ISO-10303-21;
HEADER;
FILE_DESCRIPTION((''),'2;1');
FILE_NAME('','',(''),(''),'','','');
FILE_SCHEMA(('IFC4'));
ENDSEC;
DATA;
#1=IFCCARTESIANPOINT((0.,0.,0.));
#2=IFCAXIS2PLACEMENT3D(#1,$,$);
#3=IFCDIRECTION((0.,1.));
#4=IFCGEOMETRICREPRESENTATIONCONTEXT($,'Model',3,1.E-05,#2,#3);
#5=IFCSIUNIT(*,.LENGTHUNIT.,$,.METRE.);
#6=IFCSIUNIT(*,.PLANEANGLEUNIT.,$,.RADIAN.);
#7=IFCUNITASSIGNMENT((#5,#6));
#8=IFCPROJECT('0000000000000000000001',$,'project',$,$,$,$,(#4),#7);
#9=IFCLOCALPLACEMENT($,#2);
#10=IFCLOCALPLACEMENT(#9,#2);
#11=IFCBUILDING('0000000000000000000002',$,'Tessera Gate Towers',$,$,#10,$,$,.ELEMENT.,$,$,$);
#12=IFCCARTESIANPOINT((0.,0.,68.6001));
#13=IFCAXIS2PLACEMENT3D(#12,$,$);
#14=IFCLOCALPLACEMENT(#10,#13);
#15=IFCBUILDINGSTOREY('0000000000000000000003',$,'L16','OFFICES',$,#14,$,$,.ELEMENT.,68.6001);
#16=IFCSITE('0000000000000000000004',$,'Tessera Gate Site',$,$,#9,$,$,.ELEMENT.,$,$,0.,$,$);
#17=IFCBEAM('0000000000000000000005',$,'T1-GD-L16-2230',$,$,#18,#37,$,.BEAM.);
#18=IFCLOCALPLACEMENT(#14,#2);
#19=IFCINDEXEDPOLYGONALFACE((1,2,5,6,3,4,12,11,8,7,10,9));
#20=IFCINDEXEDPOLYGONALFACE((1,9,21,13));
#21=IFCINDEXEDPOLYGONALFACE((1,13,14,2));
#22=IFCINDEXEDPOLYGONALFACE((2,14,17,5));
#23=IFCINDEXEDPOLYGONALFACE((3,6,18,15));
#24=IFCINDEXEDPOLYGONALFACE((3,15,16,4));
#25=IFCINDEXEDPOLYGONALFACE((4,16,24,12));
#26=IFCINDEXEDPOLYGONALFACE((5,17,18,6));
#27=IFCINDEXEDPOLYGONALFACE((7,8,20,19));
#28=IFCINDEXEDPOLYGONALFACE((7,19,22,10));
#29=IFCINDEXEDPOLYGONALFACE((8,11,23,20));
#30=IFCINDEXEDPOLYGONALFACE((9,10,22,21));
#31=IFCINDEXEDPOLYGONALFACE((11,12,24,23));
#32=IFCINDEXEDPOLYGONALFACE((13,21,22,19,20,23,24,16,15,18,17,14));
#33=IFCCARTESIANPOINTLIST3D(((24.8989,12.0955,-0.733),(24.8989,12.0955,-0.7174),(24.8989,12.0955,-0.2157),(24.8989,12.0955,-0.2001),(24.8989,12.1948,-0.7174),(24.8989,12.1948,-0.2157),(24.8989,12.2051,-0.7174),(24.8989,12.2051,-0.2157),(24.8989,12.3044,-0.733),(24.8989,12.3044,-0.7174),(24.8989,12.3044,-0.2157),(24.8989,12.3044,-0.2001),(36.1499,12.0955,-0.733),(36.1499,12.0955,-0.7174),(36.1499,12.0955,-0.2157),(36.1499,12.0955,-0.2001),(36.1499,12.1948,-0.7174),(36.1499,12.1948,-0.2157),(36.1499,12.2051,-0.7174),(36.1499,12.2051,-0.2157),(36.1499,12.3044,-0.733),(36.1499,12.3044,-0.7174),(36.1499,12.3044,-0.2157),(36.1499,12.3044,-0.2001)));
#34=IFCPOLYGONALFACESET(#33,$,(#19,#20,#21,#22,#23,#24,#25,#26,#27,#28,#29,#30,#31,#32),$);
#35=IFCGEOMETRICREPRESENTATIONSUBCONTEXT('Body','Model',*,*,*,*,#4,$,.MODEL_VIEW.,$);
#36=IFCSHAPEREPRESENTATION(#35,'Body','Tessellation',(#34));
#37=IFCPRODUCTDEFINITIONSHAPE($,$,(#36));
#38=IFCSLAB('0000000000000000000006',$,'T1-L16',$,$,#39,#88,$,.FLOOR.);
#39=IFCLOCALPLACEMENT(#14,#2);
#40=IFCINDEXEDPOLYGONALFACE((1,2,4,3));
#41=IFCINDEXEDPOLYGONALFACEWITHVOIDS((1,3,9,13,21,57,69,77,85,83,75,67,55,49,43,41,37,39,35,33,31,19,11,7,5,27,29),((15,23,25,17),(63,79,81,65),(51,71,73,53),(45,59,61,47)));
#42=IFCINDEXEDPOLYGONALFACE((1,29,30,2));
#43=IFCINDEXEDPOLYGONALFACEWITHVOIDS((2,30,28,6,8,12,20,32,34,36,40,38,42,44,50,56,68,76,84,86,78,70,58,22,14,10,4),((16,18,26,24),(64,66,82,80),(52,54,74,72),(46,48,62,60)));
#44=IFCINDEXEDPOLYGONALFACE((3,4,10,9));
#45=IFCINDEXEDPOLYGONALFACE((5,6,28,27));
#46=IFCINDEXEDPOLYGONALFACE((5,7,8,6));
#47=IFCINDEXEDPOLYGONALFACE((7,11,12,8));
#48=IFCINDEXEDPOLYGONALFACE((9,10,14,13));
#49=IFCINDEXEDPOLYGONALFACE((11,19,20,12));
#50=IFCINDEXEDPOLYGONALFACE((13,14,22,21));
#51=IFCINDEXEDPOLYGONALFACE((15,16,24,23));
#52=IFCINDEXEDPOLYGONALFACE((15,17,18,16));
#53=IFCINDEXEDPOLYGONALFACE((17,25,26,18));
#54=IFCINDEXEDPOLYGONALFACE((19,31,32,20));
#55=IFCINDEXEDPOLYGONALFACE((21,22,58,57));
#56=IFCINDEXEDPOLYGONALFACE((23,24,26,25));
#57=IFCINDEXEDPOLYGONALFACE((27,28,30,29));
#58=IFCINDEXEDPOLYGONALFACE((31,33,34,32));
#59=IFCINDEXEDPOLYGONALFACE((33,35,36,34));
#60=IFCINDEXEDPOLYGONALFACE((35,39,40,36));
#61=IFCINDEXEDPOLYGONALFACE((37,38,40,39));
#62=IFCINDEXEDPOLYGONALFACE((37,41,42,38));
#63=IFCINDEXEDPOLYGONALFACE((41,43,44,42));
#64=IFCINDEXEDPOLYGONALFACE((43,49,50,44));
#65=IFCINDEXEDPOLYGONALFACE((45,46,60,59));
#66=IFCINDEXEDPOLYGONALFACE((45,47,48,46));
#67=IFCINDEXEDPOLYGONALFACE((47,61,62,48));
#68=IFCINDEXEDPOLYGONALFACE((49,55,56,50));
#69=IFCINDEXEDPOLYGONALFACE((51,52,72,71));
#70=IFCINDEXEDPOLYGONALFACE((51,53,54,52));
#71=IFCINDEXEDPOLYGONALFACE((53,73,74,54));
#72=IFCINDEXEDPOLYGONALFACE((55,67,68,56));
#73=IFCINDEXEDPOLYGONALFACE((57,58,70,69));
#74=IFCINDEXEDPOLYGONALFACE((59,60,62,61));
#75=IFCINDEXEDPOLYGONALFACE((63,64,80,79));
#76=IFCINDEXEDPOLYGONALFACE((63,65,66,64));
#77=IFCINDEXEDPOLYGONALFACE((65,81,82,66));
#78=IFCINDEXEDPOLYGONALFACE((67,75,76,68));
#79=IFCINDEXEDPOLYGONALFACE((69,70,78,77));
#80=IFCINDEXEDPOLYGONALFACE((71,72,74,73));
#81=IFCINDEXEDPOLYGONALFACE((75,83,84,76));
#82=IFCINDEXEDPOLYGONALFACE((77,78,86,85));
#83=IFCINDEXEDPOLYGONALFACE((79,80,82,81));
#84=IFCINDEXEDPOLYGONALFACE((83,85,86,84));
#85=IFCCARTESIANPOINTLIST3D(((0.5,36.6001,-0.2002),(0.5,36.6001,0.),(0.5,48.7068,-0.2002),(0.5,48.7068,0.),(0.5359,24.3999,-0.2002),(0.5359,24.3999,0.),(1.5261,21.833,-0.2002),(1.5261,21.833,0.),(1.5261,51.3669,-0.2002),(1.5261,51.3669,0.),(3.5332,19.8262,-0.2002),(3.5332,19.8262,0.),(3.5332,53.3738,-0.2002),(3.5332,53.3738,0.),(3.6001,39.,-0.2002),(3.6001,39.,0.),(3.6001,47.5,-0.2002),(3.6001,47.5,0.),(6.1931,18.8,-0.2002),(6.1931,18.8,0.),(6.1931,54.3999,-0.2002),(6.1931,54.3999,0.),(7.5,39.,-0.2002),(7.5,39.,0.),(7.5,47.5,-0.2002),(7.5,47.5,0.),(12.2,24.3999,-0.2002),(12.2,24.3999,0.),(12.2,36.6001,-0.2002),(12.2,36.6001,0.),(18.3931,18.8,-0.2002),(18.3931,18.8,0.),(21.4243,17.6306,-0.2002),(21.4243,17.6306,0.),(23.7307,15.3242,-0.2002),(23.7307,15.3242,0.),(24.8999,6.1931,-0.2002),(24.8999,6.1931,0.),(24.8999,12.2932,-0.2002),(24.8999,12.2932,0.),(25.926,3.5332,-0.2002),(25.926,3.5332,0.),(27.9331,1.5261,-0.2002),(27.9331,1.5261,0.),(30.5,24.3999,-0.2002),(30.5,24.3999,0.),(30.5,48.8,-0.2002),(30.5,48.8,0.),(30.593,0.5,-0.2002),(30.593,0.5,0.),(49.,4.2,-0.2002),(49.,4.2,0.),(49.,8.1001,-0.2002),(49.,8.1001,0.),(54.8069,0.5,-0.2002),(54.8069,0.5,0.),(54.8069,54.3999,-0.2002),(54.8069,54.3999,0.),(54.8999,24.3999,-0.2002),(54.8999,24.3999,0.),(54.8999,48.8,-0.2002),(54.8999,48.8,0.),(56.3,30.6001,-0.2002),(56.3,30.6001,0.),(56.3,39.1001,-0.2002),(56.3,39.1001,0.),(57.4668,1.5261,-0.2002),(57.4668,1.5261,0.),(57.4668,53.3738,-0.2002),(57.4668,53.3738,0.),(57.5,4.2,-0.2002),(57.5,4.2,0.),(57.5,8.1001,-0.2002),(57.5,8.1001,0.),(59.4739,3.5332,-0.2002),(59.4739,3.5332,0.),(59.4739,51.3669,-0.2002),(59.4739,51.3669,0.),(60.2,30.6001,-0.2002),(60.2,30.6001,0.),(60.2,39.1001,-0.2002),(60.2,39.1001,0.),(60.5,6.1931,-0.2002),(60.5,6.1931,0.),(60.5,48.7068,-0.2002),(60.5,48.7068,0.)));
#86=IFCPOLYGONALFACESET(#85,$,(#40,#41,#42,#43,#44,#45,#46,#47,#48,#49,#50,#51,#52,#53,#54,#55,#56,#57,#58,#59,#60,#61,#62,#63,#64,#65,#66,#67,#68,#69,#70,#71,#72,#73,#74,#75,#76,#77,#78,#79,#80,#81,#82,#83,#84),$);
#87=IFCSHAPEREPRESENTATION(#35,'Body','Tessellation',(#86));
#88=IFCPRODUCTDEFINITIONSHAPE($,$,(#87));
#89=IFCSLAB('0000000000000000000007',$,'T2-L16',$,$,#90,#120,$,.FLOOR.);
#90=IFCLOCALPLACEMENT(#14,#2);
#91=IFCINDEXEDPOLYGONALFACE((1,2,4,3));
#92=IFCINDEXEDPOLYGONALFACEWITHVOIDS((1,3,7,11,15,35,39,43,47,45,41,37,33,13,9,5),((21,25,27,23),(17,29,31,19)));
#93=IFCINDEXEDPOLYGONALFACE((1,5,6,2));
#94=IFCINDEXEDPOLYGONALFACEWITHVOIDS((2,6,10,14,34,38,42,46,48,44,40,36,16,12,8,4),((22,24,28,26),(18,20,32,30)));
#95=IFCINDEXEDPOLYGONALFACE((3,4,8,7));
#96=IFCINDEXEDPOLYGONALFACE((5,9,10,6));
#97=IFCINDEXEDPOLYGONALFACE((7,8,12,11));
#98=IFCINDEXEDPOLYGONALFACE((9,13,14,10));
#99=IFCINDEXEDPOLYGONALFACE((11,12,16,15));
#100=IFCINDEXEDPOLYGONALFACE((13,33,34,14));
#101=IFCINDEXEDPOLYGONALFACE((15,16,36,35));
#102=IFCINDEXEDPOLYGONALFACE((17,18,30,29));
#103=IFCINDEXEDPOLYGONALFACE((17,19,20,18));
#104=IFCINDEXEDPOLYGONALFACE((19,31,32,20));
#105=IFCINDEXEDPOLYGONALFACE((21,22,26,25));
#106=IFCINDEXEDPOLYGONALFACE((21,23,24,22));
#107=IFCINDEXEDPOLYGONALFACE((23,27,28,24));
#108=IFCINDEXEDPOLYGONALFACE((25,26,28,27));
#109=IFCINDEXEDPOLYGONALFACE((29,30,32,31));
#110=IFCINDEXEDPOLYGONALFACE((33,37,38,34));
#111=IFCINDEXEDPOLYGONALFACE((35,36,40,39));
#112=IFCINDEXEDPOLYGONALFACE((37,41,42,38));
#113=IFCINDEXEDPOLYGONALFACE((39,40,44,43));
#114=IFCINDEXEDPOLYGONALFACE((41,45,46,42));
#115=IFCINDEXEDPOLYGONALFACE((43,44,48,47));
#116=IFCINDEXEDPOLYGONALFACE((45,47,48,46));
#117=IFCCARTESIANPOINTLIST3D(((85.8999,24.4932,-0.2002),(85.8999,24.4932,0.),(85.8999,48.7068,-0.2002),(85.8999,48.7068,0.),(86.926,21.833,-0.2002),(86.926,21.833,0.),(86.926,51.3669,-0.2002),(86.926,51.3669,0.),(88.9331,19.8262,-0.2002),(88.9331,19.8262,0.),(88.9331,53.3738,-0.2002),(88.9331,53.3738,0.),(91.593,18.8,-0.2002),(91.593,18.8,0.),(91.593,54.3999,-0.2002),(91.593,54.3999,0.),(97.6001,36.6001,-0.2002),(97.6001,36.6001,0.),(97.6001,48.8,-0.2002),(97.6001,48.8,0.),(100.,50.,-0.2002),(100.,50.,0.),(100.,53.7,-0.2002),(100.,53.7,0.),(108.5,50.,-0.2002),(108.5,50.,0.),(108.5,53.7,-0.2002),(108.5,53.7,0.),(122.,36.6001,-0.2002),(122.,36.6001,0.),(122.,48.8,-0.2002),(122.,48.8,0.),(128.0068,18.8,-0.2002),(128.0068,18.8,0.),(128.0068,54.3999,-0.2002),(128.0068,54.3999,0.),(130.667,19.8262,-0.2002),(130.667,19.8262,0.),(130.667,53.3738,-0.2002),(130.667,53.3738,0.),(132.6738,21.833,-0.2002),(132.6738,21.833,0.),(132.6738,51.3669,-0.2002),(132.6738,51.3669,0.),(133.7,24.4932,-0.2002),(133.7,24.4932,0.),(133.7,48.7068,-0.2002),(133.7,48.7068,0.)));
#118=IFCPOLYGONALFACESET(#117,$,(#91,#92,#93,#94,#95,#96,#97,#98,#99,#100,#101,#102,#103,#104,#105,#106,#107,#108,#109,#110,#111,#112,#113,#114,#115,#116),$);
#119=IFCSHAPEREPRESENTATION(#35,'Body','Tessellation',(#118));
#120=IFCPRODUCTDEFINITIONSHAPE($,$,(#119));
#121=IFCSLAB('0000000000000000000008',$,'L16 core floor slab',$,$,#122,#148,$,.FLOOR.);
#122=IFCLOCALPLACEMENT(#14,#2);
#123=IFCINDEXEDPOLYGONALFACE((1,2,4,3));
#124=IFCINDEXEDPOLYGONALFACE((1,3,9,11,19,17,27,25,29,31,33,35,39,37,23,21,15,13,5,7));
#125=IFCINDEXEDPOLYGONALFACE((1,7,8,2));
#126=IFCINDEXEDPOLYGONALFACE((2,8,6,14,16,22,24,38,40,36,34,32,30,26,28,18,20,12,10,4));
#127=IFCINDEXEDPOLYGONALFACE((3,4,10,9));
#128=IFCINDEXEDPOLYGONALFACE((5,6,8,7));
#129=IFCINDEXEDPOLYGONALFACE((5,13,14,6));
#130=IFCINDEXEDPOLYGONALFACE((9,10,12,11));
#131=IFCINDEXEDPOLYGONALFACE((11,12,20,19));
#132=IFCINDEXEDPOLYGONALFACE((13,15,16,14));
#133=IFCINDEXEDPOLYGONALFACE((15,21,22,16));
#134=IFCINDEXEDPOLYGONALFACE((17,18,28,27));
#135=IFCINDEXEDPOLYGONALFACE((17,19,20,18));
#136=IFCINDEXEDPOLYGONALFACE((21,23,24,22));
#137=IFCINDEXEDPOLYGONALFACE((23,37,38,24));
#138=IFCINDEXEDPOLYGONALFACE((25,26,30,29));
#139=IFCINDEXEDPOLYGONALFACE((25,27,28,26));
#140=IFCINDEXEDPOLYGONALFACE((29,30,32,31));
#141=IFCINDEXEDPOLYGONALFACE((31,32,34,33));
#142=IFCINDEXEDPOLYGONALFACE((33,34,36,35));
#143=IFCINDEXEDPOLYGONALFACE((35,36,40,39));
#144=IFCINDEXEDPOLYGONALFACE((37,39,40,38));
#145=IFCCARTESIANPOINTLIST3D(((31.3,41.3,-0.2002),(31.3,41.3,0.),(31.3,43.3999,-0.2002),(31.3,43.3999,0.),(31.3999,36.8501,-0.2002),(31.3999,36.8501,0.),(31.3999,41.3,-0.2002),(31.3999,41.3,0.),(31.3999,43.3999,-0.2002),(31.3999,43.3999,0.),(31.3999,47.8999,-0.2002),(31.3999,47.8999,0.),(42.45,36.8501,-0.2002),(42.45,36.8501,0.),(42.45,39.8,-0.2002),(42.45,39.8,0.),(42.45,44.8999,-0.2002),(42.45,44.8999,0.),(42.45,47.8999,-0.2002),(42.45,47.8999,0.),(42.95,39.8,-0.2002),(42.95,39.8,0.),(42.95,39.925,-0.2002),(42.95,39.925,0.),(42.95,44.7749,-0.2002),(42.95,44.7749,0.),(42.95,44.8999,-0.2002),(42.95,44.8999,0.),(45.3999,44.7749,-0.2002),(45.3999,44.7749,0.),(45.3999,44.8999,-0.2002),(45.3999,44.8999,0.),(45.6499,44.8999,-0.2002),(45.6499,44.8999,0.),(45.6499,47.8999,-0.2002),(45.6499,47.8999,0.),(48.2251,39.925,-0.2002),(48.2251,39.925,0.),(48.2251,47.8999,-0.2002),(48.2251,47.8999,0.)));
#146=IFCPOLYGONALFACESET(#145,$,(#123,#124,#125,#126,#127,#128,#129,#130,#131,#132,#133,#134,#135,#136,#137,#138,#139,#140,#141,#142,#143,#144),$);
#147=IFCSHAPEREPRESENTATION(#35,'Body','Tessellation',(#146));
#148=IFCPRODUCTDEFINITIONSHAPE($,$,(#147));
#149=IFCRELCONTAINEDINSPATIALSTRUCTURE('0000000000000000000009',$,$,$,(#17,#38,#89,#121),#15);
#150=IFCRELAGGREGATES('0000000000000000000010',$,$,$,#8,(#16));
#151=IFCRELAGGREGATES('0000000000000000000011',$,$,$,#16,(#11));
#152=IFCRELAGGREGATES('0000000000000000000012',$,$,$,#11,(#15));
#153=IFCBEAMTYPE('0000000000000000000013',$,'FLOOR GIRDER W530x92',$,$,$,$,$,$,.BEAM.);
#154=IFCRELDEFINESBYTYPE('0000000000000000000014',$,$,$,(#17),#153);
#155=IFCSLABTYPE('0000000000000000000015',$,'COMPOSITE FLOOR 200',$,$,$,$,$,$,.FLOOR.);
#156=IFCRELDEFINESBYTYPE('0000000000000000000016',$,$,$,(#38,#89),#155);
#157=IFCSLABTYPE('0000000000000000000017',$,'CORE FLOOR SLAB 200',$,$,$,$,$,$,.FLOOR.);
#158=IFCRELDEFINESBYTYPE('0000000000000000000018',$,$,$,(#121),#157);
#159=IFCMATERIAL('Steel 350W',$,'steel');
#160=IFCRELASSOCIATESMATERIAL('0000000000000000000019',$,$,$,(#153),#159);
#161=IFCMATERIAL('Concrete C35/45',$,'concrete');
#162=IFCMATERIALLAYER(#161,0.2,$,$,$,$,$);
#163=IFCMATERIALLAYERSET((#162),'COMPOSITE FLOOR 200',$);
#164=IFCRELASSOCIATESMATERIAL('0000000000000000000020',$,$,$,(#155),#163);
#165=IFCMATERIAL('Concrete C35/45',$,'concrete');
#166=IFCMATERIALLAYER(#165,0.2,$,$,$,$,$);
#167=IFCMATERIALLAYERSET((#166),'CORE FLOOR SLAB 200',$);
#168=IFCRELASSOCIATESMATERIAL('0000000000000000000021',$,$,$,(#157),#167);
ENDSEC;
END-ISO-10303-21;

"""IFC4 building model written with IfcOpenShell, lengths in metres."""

from ifc_helpers import new_model, si_unit, direction, frame, origin, origin_2d, place, context, subcontext, project, spatial, polyline, i_section, outline, extrude, material, layer, layer_set, material_profile, profile_set, type_object, element, save


model = new_model("IFC4")

# Units and contexts
model_context = context("Model", 3, precision=1e-05, world=origin(), true_north=direction((0.0, 1.0)))
body_context = subcontext(model_context, "Body", "Model", "MODEL_VIEW")
ifc_project = project(units=[si_unit("LENGTHUNIT", "METRE"), si_unit("PLANEANGLEUNIT", "RADIAN")], contexts=[model_context])

# Site, building, storey
site_placement = place(None, origin())
site = spatial("IfcSite", under=ifc_project, at=site_placement, Name="Tessera Gate Site", CompositionType="ELEMENT", RefElevation=0.0)
building_placement = place(site_placement, origin())
building = spatial("IfcBuilding", under=site, at=building_placement, Name="Tessera Gate Towers", CompositionType="ELEMENT")
storey_placement = place(building_placement, frame((0.0, 0.0, 68.6001)))
storey = spatial("IfcBuildingStorey", under=building, at=storey_placement, Name="L16", Description="OFFICES", CompositionType="ELEMENT", Elevation=68.6001)

# Beam
ifc_material_1 = material(Name="Steel 350W", Category="steel")
ifc_material_profile = material_profile(ifc_material_1, i_section(OverallWidth=0.209, OverallDepth=0.533, WebThickness=0.0103, FlangeThickness=0.0156, at=origin_2d()), Name="W530x92")
ifc_profile_set = profile_set([ifc_material_profile], Name="Steel 350W")
beam_type = type_object("IfcBeamType", Name="FLOOR GIRDER W530x92", PredefinedType="BEAM", material=ifc_profile_set)
beam_placement = place(storey_placement, frame((24.8989, 12.2, -0.4666), z_axis=(1.0, 0.0, 0.0), x_axis=(0.0, 1.0, 0.0)))
element("IfcBeam", 1, at=beam_placement, inside=storey, type_object=beam_type, Name="T1-GD-L16-2230", PredefinedType="BEAM", context=body_context, shape_type="SweptSolid", body=[
    extrude(i_section(OverallWidth=0.209, OverallDepth=0.533, WebThickness=0.0103, FlangeThickness=0.0156, at=origin_2d()), origin(), (0.0, 0.0, 1.0), 11.251),
])

# Slabs
ifc_material_2 = material(Name="Concrete C35/45", Category="concrete")
ifc_layer_1 = layer(ifc_material_2, 0.2)
ifc_layer_set_1 = layer_set([ifc_layer_1], Name="COMPOSITE FLOOR 200")
slab_type_1 = type_object("IfcSlabType", Name="COMPOSITE FLOOR 200", PredefinedType="FLOOR", material=ifc_layer_set_1)
slab_1_placement = place(storey_placement, frame((0.0, 0.0, -0.2002)))
element("IfcSlab", 2, at=slab_1_placement, inside=storey, type_object=slab_type_1, Name="T1-L16", PredefinedType="FLOOR", context=body_context, shape_type="SweptSolid", body=[
    extrude(outline(polyline([(0.5, 36.6001), (12.2, 36.6001), (12.2, 24.3999), (0.5359, 24.3999), (1.5261, 21.833), (3.5332, 19.8262), (6.1931, 18.8), (18.3931, 18.8), (21.4243, 17.6306), (23.7307, 15.3242), (24.8999, 12.2932), (24.8999, 6.1931), (25.926, 3.5332), (27.9331, 1.5261), (30.593, 0.5), (54.8069, 0.5), (57.4668, 1.5261), (59.4739, 3.5332), (60.5, 6.1931), (60.5, 48.7068), (59.4739, 51.3669), (57.4668, 53.3738), (54.8069, 54.3999), (6.1931, 54.3999), (3.5332, 53.3738), (1.5261, 51.3669), (0.5, 48.7068), (0.5, 36.6001)]), holes=[polyline([(3.6001, 39.0), (3.6001, 47.5), (7.5, 47.5), (7.5, 39.0), (3.6001, 39.0)]), polyline([(30.5, 24.3999), (30.5, 48.8), (54.8999, 48.8), (54.8999, 24.3999), (30.5, 24.3999)]), polyline([(49.0, 4.2), (49.0, 8.1001), (57.5, 8.1001), (57.5, 4.2), (49.0, 4.2)]), polyline([(56.3, 30.6001), (56.3, 39.1001), (60.2, 39.1001), (60.2, 30.6001), (56.3, 30.6001)])]), origin(), (0.0, 0.0, 1.0), 0.2002),
])
slab_2_placement = place(storey_placement, frame((0.0, 0.0, -0.2002)))
element("IfcSlab", 3, at=slab_2_placement, inside=storey, type_object=slab_type_1, Name="T2-L16", PredefinedType="FLOOR", context=body_context, shape_type="SweptSolid", body=[
    extrude(outline(polyline([(85.8999, 24.4932), (86.926, 21.833), (88.9331, 19.8262), (91.593, 18.8), (128.0068, 18.8), (130.667, 19.8262), (132.6738, 21.833), (133.7, 24.4932), (133.7, 48.7068), (132.6738, 51.3669), (130.667, 53.3738), (128.0068, 54.3999), (91.593, 54.3999), (88.9331, 53.3738), (86.926, 51.3669), (85.8999, 48.7068), (85.8999, 24.4932)]), holes=[polyline([(97.6001, 36.6001), (97.6001, 48.8), (122.0, 48.8), (122.0, 36.6001), (97.6001, 36.6001)]), polyline([(100.0, 50.0), (100.0, 53.7), (108.5, 53.7), (108.5, 50.0), (100.0, 50.0)])]), origin(), (0.0, 0.0, 1.0), 0.2002),
])
ifc_material_3 = material(Name="Concrete C35/45", Category="concrete")
ifc_layer_2 = layer(ifc_material_3, 0.2)
ifc_layer_set_2 = layer_set([ifc_layer_2], Name="CORE FLOOR SLAB 200")
slab_type_2 = type_object("IfcSlabType", Name="CORE FLOOR SLAB 200", PredefinedType="FLOOR", material=ifc_layer_set_2)
slab_3_placement = place(storey_placement, frame((0.0, 0.0, -0.2002)))
element("IfcSlab", 4, at=slab_3_placement, inside=storey, type_object=slab_type_2, Name="L16 core floor slab", PredefinedType="FLOOR", context=body_context, shape_type="SweptSolid", body=[
    extrude(outline(polyline([(31.3999, 47.8999), (31.3999, 43.3999), (31.3, 43.3999), (31.3, 41.3), (31.3999, 41.3), (31.3999, 36.8501), (42.45, 36.8501), (42.45, 39.8), (42.95, 39.8), (42.95, 39.925), (48.2251, 39.925), (48.2251, 47.8999), (45.6499, 47.8999), (45.6499, 44.8999), (45.3999, 44.8999), (45.3999, 44.7749), (42.95, 44.7749), (42.95, 44.8999), (42.45, 44.8999), (42.45, 47.8999), (31.3999, 47.8999)])), origin(), (0.0, 0.0, 1.0), 0.2002),
])

save(model, "model.ifc")
